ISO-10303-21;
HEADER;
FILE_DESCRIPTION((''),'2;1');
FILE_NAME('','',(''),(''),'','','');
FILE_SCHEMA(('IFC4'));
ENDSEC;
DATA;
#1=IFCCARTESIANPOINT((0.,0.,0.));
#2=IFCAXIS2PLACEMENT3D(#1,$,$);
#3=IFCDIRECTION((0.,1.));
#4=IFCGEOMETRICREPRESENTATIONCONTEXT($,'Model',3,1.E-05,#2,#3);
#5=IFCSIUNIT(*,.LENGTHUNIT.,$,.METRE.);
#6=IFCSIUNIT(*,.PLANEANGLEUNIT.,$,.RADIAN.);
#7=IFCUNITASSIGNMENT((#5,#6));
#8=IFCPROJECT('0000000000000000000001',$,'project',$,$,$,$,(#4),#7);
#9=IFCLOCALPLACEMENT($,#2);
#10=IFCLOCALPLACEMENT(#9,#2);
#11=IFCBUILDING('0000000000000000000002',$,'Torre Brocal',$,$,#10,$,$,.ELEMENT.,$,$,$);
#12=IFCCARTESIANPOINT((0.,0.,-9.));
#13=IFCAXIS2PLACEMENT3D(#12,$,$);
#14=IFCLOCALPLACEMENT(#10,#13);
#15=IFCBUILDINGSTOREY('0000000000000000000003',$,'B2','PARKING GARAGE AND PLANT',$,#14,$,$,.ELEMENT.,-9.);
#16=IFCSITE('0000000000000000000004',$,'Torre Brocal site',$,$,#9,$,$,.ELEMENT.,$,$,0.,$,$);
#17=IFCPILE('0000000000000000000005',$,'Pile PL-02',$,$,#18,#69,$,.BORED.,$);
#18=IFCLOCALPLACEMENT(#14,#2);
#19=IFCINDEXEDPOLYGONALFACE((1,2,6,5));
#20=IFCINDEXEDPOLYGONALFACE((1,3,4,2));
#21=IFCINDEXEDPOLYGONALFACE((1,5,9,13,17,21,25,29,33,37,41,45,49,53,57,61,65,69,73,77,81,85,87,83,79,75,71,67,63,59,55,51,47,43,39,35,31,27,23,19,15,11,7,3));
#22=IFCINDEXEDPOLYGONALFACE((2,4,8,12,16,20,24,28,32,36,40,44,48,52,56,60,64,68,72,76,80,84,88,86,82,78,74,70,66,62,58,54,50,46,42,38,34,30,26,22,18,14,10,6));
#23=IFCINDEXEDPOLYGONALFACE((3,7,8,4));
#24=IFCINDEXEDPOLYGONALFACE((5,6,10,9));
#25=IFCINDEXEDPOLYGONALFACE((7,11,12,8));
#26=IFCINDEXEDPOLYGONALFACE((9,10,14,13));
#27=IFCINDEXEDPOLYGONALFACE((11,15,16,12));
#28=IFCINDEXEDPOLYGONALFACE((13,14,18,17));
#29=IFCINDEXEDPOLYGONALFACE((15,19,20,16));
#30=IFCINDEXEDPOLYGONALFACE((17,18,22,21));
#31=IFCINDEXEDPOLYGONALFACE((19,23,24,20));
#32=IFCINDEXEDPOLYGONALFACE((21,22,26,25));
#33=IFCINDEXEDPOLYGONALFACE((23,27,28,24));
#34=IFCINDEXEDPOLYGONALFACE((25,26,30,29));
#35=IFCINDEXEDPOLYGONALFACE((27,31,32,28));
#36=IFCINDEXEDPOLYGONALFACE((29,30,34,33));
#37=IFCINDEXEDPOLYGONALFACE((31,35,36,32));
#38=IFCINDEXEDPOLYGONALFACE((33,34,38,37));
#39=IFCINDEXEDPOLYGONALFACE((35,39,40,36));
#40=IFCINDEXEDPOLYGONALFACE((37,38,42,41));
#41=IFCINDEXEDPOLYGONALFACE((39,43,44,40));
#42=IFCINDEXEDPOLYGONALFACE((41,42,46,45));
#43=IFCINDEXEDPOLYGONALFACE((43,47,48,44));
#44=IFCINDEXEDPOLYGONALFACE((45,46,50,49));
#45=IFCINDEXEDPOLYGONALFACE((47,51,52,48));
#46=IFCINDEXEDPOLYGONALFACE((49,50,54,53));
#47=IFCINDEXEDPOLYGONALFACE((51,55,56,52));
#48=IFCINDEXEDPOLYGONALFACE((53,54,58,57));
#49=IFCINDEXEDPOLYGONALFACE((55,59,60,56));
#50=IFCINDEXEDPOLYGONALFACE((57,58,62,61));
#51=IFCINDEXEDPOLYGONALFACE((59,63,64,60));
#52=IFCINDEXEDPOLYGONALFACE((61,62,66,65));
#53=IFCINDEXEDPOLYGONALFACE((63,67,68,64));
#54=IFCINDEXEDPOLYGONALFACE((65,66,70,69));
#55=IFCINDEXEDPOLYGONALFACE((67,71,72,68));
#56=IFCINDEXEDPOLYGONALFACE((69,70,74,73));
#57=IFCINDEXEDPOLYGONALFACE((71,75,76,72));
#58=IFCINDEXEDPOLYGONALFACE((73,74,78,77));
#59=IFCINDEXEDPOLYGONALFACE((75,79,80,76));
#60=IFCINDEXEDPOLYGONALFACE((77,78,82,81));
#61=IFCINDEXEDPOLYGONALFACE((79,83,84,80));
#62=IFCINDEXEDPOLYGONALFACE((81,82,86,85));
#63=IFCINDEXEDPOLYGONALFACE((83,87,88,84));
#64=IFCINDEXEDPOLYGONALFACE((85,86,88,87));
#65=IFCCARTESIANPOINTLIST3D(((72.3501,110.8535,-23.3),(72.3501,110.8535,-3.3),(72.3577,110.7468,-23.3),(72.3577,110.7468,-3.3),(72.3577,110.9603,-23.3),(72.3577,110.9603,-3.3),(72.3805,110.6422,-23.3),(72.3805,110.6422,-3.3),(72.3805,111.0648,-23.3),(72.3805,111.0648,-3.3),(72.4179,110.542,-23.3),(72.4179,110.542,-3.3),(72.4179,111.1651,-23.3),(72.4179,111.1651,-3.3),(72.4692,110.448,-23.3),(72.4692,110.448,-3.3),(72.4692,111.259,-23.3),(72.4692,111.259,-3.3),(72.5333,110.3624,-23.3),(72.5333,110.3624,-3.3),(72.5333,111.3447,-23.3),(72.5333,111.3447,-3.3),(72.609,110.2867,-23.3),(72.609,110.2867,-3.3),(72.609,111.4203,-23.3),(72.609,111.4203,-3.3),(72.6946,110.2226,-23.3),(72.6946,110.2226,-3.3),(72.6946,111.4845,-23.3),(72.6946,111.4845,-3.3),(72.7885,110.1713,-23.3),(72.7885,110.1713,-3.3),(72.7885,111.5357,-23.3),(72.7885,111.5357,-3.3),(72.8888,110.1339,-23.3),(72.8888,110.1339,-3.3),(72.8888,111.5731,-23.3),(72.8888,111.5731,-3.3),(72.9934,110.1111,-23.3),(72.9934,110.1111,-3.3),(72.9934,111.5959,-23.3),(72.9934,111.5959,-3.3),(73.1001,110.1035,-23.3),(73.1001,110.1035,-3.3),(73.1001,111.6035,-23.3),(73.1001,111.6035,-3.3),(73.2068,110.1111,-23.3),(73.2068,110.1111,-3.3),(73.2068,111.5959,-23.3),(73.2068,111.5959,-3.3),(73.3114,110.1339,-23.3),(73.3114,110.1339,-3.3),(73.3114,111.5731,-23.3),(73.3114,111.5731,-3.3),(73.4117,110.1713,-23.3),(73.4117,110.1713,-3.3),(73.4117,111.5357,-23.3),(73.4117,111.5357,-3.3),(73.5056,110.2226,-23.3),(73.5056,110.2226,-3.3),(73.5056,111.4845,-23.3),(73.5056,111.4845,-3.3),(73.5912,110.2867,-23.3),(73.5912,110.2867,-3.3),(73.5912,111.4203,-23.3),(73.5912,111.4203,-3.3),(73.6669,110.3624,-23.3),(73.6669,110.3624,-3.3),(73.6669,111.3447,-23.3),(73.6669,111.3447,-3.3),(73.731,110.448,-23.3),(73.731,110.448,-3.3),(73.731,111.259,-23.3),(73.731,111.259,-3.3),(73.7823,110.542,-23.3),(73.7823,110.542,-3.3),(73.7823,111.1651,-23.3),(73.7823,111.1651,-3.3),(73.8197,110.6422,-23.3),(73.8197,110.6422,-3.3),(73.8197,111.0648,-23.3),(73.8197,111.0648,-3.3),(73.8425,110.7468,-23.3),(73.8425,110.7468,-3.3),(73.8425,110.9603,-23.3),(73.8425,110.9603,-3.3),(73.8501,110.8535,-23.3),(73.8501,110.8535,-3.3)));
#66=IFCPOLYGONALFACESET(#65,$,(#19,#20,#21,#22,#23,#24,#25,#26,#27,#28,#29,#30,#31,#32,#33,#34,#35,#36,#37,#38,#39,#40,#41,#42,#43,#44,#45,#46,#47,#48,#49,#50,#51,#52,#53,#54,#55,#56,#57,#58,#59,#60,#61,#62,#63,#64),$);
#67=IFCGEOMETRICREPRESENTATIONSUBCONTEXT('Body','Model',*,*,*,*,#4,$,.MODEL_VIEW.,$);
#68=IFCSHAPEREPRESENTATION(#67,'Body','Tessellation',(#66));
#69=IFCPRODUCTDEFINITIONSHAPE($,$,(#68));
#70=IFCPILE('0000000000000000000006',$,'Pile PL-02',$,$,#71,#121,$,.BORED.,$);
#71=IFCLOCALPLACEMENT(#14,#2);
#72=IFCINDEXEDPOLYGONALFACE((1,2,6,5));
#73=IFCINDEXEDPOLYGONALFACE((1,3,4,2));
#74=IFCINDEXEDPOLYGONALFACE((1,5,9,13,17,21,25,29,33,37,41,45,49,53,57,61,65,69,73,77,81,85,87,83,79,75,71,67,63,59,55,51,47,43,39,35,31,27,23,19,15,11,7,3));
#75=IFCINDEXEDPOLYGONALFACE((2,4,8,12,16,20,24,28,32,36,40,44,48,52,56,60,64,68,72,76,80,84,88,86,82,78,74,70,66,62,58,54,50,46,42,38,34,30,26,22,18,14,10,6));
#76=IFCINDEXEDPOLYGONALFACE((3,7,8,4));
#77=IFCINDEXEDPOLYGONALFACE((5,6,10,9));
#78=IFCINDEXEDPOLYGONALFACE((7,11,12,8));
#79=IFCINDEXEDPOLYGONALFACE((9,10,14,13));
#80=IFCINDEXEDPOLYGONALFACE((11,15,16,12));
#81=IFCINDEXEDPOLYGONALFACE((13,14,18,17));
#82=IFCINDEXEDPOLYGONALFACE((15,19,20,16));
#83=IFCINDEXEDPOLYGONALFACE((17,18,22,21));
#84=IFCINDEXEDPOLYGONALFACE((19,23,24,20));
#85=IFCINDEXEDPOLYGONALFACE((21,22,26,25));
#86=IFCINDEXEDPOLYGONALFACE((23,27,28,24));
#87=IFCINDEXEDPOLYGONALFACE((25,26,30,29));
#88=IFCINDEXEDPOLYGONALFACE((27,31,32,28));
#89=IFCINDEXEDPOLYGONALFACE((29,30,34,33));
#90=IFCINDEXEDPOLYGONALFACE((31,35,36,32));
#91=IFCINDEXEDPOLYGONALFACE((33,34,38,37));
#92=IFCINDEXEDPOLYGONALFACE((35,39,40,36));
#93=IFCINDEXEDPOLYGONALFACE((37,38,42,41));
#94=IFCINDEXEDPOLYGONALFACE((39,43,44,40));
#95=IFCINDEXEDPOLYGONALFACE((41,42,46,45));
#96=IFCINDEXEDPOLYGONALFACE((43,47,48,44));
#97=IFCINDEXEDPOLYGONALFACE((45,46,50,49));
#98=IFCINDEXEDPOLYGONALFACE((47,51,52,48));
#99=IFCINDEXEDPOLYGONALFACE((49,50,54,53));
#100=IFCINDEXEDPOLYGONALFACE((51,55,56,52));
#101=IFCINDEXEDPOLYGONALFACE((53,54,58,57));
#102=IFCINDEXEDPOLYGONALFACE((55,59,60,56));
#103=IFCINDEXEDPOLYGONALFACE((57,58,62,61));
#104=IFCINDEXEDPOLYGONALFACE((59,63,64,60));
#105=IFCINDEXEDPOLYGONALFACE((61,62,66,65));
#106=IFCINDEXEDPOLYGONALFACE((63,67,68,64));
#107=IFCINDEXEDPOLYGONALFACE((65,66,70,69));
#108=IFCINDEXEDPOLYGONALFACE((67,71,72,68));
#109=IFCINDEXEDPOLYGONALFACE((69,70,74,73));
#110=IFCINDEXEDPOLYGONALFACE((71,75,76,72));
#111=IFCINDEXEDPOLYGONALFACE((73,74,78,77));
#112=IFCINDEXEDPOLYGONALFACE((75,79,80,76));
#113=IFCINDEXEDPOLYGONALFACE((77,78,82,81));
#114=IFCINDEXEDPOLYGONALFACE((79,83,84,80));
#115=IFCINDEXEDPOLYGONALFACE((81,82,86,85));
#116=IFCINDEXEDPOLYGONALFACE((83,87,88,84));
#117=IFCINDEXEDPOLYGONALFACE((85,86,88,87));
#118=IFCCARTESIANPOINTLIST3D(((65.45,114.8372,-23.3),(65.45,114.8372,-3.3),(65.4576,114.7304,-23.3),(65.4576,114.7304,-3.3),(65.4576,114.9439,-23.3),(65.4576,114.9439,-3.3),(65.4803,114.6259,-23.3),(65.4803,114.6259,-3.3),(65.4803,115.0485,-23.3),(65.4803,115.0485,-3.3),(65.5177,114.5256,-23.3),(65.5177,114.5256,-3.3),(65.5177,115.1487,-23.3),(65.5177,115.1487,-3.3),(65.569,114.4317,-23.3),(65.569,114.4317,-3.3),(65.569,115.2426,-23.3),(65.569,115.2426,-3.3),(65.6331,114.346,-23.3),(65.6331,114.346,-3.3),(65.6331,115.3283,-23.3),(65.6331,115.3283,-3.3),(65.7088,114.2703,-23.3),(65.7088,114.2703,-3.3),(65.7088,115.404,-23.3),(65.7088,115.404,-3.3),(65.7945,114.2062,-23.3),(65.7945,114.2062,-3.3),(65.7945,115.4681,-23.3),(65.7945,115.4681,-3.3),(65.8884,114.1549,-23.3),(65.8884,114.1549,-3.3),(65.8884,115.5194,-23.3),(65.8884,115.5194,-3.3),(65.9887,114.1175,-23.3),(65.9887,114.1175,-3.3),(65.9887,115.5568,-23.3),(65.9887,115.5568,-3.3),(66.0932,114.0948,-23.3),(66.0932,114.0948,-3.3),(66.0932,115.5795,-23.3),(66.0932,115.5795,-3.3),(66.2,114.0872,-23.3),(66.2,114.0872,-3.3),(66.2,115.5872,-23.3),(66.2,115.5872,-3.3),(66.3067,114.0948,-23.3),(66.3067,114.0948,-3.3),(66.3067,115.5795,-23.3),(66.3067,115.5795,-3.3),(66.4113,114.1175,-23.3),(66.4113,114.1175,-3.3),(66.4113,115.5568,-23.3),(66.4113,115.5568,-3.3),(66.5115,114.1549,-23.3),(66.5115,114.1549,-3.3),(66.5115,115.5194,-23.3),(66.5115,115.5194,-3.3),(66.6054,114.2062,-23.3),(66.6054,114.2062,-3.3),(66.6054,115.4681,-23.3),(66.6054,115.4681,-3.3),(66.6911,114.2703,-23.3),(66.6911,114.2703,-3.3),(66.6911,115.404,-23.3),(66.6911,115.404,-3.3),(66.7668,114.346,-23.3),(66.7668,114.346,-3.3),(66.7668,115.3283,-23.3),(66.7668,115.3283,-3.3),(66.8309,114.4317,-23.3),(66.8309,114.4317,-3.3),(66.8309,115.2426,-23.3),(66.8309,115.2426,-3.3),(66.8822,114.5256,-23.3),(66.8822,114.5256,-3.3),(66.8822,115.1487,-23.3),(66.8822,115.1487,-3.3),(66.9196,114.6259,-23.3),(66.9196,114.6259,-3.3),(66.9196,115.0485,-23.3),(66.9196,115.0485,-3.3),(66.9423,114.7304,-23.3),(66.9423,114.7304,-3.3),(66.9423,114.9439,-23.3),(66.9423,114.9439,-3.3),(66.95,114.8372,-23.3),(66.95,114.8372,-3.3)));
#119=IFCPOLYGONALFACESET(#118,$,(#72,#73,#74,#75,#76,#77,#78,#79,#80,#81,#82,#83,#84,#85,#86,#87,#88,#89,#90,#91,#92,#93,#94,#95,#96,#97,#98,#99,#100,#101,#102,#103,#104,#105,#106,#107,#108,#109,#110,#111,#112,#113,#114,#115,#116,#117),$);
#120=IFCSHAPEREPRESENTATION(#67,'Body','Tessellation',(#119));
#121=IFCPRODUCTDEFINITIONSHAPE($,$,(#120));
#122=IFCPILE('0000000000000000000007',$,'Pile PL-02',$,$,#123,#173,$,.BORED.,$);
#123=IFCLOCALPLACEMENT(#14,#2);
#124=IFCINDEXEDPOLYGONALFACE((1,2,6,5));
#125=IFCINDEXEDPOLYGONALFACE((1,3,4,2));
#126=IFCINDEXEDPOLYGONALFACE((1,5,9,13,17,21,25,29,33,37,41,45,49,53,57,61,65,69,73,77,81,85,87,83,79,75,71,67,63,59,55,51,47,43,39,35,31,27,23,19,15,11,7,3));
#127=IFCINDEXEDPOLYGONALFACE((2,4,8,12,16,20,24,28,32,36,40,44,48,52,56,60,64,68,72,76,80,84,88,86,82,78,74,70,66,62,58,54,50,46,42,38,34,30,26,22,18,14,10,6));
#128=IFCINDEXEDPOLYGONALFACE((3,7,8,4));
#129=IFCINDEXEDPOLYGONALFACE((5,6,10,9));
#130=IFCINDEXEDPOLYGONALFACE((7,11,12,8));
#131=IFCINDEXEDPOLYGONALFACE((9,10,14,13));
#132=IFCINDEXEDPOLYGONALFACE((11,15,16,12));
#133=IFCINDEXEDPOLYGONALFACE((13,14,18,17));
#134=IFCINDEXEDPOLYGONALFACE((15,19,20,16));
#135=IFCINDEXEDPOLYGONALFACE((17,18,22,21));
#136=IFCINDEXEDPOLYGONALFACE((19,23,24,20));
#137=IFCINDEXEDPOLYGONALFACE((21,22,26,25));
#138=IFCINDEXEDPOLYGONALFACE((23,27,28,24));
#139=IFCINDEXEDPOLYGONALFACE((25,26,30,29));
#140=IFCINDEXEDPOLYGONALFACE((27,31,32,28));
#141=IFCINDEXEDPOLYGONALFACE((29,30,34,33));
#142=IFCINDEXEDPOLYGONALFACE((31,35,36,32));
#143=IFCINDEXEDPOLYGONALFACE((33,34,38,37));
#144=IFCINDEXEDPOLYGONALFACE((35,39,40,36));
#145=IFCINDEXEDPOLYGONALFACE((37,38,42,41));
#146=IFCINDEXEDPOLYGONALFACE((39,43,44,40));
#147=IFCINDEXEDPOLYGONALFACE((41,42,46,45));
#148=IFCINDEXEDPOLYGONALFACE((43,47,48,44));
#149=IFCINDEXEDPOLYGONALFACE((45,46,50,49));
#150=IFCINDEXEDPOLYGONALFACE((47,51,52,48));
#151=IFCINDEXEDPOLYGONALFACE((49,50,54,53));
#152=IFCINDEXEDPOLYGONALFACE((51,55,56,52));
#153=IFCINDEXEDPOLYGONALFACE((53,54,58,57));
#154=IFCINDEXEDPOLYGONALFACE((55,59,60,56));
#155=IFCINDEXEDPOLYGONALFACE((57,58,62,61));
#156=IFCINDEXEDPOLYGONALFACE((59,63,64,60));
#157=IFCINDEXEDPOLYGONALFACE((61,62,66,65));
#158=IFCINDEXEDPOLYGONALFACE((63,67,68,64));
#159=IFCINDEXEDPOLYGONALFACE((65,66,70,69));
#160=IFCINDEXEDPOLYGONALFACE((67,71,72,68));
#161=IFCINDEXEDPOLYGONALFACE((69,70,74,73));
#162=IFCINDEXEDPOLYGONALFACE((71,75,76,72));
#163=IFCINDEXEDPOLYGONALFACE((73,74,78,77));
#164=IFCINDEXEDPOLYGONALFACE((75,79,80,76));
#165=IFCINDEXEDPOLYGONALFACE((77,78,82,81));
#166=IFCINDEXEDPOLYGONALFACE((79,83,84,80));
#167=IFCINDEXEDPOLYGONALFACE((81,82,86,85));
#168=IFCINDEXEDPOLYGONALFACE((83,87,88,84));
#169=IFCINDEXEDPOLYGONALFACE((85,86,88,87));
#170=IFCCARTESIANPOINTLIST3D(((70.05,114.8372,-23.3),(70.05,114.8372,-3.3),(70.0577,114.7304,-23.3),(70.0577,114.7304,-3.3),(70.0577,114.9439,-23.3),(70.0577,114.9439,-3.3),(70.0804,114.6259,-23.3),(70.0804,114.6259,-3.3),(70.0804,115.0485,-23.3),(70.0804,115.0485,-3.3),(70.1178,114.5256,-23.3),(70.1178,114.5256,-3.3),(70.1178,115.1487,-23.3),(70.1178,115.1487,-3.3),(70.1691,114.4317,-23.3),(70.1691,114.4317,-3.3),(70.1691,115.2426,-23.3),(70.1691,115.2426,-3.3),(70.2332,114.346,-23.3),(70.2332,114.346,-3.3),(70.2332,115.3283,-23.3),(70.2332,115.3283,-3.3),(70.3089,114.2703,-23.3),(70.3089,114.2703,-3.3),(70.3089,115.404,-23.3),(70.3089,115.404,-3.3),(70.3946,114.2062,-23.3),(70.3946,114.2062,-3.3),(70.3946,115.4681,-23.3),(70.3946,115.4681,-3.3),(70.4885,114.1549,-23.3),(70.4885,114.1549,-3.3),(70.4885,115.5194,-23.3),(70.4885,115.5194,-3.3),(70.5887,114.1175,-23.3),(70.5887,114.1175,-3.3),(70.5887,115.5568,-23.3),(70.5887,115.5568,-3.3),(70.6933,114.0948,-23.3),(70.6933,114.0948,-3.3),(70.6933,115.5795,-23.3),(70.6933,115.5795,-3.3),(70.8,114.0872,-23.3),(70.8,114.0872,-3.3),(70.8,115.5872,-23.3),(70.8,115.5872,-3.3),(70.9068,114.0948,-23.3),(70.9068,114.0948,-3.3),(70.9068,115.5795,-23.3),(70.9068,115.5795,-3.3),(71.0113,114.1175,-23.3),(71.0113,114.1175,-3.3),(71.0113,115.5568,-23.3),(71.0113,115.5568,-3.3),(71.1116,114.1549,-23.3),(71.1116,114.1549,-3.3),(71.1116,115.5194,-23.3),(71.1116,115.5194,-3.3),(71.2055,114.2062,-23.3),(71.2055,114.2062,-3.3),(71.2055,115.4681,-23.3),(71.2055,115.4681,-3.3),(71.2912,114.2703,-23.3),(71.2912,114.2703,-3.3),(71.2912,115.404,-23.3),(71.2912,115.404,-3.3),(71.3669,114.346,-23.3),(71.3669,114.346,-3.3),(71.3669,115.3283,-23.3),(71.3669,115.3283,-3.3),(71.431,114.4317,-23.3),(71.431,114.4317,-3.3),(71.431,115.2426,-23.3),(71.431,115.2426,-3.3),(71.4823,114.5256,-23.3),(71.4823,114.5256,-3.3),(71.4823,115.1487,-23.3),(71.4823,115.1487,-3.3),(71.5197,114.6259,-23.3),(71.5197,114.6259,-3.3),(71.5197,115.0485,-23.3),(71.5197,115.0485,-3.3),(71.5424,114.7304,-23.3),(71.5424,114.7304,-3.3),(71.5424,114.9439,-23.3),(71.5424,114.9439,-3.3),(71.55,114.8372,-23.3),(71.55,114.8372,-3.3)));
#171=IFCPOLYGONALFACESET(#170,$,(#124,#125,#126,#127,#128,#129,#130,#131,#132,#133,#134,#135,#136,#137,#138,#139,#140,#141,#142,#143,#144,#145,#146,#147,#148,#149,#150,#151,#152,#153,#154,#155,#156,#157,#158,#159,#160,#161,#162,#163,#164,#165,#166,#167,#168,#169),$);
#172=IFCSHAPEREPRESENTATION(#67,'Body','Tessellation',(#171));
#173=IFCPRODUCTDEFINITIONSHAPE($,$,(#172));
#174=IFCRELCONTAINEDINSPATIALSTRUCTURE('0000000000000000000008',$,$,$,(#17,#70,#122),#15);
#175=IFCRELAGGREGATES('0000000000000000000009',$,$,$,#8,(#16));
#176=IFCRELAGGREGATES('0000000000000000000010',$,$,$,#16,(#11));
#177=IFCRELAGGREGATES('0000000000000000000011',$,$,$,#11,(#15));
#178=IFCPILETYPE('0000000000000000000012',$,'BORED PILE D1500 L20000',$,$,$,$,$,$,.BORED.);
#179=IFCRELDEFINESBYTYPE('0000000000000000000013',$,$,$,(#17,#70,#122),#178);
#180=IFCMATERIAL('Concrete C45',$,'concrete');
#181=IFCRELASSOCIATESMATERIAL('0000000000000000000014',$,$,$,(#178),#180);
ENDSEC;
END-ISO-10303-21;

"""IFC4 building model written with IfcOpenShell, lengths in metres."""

from ifc_helpers import new_model, si_unit, direction, frame, origin, origin_2d, place, context, subcontext, project, spatial, circle, extrude, material, material_profile, profile_set, type_object, element, save


model = new_model("IFC4")

# Units and contexts
model_context = context("Model", 3, precision=1e-05, world=origin(), true_north=direction((0.0, 1.0)))
body_context = subcontext(model_context, "Body", "Model", "MODEL_VIEW")
ifc_project = project(units=[si_unit("LENGTHUNIT", "METRE"), si_unit("PLANEANGLEUNIT", "RADIAN")], contexts=[model_context])

# Site, building, storey
site_placement = place(None, origin())
site = spatial("IfcSite", under=ifc_project, at=site_placement, Name="Torre Brocal site", CompositionType="ELEMENT", RefElevation=0.0)
building_placement = place(site_placement, origin())
building = spatial("IfcBuilding", under=site, at=building_placement, Name="Torre Brocal", CompositionType="ELEMENT")
storey_placement = place(building_placement, frame((0.0, 0.0, -9.0)))
storey = spatial("IfcBuildingStorey", under=building, at=storey_placement, Name="B2", Description="PARKING GARAGE AND PLANT", CompositionType="ELEMENT", Elevation=-9.0)

# Piles
ifc_material_1 = material(Name="Concrete C45", Category="concrete")
ifc_material_profile_1 = material_profile(ifc_material_1, circle(Radius=0.75, at=origin_2d()), Name="BORED PILE D1500")
ifc_profile_set_1 = profile_set([ifc_material_profile_1], Name="Concrete C45")
pile_type_1 = type_object("IfcPileType", Name="BORED PILE D1500 L20000", PredefinedType="BORED", material=ifc_profile_set_1)
for number, where, z_axis, x_axis, name in (
    (1, (73.1001, 110.8535, -3.3), (0.0, 0.0, -1.0), (1.0, 0.0, 0.0), "Pile PL-02"),
    (2, (66.2, 114.8372, -3.3), (0.0, 0.0, -1.0), (1.0, 0.0, 0.0), "Pile PL-02"),
    (3, (70.8, 114.8372, -3.3), (0.0, 0.0, -1.0), (1.0, 0.0, 0.0), "Pile PL-02"),
):
    element("IfcPile", number, at=place(storey_placement, frame(where, z_axis=z_axis, x_axis=x_axis)), inside=storey, type_object=pile_type_1, Name=name, PredefinedType="BORED", context=body_context, shape_type="SweptSolid", body=[
        extrude(circle(Radius=0.75, at=origin_2d()), origin(), (0.0, 0.0, 1.0), 20.0),
    ])

save(model, "model.ifc")
